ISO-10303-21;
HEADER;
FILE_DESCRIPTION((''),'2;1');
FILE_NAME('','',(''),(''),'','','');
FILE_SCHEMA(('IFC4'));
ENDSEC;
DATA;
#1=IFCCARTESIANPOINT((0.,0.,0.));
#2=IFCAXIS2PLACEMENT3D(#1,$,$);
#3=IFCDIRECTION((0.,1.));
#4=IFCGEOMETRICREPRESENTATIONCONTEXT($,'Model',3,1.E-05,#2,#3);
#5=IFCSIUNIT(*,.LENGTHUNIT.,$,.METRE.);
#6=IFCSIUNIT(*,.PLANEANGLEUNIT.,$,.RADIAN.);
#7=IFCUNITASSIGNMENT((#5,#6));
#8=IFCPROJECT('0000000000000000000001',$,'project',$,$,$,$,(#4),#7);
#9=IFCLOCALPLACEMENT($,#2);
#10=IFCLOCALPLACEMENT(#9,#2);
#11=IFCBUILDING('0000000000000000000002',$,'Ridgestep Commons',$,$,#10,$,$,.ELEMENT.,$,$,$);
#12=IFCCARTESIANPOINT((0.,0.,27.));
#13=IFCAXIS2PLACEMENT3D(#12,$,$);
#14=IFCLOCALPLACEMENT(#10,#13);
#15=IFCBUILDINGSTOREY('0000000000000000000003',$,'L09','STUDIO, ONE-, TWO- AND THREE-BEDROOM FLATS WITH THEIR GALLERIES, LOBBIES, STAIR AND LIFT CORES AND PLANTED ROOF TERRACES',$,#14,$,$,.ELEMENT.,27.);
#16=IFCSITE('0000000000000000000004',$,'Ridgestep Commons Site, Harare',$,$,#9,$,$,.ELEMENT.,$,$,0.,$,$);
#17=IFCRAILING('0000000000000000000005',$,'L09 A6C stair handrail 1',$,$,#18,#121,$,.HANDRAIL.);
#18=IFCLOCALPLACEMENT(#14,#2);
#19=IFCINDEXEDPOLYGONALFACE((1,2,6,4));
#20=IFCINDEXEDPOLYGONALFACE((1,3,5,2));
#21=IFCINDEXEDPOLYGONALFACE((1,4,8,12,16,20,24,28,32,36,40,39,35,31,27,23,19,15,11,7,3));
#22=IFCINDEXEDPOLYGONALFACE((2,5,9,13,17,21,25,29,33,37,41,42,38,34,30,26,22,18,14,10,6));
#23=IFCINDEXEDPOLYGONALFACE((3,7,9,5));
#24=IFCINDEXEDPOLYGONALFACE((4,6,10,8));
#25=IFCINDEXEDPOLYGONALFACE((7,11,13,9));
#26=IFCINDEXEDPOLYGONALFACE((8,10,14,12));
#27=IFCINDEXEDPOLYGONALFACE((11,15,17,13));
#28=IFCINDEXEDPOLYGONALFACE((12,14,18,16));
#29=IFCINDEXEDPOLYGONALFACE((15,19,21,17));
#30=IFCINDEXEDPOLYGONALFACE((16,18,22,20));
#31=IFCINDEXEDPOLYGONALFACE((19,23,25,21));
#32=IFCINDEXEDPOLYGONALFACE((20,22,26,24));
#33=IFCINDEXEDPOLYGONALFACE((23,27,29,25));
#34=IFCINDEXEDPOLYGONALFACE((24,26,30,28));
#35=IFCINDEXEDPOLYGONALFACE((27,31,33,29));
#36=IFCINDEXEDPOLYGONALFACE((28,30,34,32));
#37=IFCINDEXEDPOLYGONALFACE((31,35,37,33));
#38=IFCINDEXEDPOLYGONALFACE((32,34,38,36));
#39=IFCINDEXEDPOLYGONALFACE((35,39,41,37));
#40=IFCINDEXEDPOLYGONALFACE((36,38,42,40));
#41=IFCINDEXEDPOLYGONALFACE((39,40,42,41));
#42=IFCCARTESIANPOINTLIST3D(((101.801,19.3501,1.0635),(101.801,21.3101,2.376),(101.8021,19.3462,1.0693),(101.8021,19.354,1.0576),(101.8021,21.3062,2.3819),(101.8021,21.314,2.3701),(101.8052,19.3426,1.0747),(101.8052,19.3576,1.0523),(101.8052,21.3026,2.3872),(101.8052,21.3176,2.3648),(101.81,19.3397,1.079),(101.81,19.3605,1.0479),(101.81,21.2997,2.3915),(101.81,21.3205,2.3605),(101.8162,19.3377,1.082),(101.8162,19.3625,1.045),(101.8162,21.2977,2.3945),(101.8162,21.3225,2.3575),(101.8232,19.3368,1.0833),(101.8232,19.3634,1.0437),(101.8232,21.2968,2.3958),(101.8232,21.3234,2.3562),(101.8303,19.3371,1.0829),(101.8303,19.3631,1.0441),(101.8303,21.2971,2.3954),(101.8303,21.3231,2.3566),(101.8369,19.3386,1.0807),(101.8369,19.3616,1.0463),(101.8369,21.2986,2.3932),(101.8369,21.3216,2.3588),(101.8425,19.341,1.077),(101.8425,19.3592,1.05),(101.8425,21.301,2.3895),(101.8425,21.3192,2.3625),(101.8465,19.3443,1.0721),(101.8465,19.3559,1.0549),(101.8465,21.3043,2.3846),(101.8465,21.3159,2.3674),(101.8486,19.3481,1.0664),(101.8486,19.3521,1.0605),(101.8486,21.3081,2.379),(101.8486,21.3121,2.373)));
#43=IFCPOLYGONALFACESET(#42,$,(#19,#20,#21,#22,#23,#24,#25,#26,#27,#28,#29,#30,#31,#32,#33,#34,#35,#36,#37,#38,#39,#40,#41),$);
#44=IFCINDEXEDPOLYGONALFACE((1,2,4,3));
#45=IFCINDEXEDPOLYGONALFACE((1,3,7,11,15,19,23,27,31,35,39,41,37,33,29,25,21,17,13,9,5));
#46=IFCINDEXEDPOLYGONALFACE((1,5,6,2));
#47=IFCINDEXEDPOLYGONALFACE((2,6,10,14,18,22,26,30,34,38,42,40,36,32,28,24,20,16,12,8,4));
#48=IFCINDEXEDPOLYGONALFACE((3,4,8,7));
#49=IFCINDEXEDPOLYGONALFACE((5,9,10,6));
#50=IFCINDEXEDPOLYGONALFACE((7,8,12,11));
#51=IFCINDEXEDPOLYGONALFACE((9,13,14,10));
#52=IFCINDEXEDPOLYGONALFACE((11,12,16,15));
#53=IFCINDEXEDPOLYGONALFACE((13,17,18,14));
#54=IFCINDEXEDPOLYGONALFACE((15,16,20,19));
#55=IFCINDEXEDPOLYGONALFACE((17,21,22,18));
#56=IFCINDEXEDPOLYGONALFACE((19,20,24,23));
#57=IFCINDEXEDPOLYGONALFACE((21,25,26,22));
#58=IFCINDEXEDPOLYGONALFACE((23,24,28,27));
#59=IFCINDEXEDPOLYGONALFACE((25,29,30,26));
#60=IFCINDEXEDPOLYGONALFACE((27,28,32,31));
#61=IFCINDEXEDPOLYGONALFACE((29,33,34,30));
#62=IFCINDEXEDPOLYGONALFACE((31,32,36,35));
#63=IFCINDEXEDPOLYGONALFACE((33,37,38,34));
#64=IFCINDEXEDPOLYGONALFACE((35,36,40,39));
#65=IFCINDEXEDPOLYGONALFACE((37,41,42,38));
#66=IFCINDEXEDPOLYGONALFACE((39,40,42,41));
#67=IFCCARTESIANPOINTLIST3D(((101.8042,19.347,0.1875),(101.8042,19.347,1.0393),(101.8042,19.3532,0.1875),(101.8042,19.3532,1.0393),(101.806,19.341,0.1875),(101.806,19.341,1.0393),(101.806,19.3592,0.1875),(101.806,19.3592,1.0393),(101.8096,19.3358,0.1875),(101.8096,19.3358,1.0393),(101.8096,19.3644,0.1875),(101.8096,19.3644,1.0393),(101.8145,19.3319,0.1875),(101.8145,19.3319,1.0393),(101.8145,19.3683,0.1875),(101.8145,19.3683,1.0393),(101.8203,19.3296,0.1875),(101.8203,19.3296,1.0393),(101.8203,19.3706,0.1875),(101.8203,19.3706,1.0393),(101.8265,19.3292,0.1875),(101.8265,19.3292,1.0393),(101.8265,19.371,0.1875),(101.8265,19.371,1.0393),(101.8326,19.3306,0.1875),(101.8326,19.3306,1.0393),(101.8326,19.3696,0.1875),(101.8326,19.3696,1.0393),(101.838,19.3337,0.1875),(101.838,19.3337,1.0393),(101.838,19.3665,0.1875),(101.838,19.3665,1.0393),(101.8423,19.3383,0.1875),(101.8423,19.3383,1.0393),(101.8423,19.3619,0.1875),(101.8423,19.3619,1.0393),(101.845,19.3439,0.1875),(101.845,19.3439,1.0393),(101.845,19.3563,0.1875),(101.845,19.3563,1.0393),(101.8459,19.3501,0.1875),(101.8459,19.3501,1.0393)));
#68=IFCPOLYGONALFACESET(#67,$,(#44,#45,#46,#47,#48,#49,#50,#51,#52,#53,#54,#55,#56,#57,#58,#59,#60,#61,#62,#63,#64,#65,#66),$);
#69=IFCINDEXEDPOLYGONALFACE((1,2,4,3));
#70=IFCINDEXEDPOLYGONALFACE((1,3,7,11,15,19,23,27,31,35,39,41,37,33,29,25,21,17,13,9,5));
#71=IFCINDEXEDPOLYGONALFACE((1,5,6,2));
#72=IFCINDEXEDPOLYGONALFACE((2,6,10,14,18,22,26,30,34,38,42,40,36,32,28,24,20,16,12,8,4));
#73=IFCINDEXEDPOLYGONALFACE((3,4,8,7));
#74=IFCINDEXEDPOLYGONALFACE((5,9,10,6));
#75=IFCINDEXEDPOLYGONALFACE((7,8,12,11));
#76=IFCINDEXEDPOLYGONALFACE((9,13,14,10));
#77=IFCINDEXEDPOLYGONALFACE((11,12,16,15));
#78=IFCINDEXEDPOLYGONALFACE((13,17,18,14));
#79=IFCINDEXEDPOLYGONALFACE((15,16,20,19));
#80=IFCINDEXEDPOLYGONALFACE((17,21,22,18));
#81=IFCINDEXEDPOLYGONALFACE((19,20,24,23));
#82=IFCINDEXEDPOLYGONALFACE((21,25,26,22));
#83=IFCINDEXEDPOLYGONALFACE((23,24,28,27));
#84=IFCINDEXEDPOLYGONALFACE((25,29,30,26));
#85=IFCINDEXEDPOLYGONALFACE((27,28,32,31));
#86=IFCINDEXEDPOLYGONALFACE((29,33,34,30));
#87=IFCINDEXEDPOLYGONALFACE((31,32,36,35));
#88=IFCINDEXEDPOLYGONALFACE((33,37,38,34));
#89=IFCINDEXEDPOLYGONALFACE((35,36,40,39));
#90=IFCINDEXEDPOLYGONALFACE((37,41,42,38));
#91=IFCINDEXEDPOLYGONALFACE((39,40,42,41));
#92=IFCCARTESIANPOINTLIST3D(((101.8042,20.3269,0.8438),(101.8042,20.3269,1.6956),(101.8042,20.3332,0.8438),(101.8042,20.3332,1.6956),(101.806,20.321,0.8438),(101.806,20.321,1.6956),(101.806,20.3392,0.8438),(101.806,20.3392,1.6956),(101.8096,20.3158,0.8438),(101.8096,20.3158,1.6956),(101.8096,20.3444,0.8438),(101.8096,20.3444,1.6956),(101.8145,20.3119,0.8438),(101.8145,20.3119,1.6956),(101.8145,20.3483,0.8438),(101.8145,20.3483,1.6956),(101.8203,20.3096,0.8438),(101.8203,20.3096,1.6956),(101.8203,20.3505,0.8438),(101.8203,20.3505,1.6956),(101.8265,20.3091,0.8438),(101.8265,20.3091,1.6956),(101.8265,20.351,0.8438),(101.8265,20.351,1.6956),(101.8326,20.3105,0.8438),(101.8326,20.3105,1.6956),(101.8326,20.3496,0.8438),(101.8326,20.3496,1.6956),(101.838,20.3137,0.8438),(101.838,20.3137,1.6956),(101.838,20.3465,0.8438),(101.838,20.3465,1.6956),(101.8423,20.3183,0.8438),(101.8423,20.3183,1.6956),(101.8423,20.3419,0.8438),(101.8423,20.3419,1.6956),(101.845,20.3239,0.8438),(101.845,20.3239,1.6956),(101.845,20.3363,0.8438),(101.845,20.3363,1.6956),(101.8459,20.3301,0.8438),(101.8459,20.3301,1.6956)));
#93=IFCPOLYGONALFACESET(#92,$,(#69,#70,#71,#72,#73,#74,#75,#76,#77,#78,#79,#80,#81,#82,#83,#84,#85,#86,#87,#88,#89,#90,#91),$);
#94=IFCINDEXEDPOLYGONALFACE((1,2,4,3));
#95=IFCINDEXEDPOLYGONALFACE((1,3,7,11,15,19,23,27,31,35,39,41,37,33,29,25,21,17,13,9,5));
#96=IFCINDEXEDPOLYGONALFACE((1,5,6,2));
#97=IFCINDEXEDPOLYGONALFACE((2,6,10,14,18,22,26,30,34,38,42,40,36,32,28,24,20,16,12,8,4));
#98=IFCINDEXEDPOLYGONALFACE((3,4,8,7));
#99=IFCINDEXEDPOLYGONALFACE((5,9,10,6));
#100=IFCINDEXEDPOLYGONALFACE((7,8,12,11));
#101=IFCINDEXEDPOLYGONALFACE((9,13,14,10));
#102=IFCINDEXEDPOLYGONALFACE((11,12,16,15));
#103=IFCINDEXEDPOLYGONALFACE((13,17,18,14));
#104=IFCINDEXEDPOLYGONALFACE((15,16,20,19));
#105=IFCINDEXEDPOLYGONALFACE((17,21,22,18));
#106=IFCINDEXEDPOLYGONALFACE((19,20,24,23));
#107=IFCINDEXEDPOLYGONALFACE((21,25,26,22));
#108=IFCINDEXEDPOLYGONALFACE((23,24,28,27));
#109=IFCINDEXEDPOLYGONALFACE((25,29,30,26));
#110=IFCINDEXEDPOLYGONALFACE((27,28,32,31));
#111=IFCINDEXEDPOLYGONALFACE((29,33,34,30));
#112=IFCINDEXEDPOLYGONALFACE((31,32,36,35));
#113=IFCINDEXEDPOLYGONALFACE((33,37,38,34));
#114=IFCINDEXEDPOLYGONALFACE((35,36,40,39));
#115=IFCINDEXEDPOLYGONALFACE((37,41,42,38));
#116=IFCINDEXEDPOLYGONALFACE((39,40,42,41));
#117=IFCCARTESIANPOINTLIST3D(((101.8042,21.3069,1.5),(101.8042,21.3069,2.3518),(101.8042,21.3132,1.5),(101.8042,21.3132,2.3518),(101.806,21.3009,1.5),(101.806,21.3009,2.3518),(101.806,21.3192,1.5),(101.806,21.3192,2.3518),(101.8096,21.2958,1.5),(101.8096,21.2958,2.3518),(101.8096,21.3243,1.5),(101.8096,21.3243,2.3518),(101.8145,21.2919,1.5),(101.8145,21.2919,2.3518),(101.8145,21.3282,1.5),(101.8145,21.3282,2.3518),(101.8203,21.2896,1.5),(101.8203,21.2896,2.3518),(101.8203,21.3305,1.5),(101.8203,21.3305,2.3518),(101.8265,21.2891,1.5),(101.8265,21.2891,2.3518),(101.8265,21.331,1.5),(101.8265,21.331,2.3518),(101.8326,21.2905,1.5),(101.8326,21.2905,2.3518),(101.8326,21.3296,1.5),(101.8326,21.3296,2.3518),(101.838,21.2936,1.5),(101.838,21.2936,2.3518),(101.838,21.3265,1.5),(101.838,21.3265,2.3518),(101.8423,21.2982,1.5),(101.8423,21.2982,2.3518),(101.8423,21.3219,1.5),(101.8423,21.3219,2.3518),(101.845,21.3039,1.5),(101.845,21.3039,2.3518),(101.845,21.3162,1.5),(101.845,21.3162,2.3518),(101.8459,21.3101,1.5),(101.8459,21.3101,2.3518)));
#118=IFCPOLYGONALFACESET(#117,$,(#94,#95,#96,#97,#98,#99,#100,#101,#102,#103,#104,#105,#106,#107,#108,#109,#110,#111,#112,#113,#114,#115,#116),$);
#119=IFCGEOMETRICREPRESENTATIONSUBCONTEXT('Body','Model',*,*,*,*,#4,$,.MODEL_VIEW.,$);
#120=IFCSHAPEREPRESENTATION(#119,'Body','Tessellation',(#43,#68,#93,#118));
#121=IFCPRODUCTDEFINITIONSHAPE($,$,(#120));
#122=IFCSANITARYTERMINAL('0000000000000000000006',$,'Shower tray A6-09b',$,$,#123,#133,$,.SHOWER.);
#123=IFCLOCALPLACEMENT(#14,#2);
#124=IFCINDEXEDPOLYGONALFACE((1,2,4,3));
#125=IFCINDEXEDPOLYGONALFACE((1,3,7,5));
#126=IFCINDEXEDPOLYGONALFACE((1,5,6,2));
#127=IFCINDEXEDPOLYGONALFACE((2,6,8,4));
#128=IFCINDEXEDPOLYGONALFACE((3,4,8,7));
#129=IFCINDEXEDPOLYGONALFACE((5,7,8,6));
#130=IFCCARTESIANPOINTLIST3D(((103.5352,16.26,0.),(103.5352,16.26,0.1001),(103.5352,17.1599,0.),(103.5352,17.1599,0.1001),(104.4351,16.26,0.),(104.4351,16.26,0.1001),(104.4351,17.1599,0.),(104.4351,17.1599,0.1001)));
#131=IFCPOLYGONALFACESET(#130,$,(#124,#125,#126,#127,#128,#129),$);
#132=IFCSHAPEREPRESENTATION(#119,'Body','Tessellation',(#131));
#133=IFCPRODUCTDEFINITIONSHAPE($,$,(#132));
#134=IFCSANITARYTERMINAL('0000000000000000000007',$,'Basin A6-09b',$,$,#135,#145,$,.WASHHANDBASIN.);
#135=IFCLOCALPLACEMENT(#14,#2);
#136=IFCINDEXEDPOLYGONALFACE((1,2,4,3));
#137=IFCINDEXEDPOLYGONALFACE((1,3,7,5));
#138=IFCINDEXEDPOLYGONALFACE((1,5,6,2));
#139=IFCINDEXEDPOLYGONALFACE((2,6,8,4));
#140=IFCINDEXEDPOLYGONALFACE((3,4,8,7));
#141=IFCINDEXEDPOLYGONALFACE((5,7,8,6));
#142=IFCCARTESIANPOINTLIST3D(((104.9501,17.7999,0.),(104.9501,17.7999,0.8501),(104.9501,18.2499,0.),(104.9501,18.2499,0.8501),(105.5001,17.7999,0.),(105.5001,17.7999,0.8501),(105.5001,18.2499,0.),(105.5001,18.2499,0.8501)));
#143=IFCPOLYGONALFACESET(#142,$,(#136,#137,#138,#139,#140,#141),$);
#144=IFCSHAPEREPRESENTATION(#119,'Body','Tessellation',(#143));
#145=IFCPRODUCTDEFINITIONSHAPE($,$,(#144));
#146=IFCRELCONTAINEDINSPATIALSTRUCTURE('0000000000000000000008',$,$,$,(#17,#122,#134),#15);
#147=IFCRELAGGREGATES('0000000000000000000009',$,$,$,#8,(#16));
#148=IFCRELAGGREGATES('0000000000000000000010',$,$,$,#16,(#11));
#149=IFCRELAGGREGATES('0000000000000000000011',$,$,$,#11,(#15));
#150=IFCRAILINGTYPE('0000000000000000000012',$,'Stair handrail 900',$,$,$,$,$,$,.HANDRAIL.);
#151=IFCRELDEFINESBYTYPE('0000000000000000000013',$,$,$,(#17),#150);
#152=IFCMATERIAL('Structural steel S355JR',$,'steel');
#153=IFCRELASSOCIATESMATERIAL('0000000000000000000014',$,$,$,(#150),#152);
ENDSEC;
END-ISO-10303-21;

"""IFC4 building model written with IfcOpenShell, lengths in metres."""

from ifc_helpers import new_model, si_unit, direction, frame, origin, origin_2d, place, context, subcontext, project, spatial, rectangle, circle, extrude, material, type_object, element, save


model = new_model("IFC4")

# Units and contexts
model_context = context("Model", 3, precision=1e-05, world=origin(), true_north=direction((0.0, 1.0)))
body_context = subcontext(model_context, "Body", "Model", "MODEL_VIEW")
ifc_project = project(units=[si_unit("LENGTHUNIT", "METRE"), si_unit("PLANEANGLEUNIT", "RADIAN")], contexts=[model_context])

# Site, building, storey
site_placement = place(None, origin())
site = spatial("IfcSite", under=ifc_project, at=site_placement, Name="Ridgestep Commons Site, Harare", CompositionType="ELEMENT", RefElevation=0.0)
building_placement = place(site_placement, origin())
building = spatial("IfcBuilding", under=site, at=building_placement, Name="Ridgestep Commons", CompositionType="ELEMENT")
storey_placement = place(building_placement, frame((0.0, 0.0, 27.0)))
storey = spatial("IfcBuildingStorey", under=building, at=storey_placement, Name="L09", Description="STUDIO, ONE-, TWO- AND THREE-BEDROOM FLATS WITH THEIR GALLERIES, LOBBIES, STAIR AND LIFT CORES AND PLANTED ROOF TERRACES", CompositionType="ELEMENT", Elevation=27.0)

# Railing
ifc_material_1 = material(Name="Structural steel S355JR", Category="steel")
railing_type_1 = type_object("IfcRailingType", Name="Stair handrail 900", PredefinedType="HANDRAIL", material=ifc_material_1)
railing_1_placement = place(storey_placement, frame((101.825, 19.3501, 0.1875)))
element("IfcRailing", 1, at=railing_1_placement, inside=storey, type_object=railing_type_1, Name="L09 A6C stair handrail 1", PredefinedType="HANDRAIL", context=body_context, shape_type="SweptSolid", body=[
    extrude(circle(Radius=0.0239, at=origin_2d()), frame((0.0, 0.0, 0.876), z_axis=(0.0, 0.830902, 0.556419), x_axis=(-1.0, 0.0, 0.0)), (0.0, 0.0, 1.0), 2.3589),
    extrude(circle(Radius=0.021, at=origin_2d()), origin(), (0.0, 0.0, 1.0), 0.8518),
    extrude(circle(Radius=0.021, at=origin_2d()), frame((0.0, 0.98, 0.6562)), (0.0, 0.0, 1.0), 0.8518),
    extrude(circle(Radius=0.021, at=origin_2d()), frame((0.0, 1.96, 1.3125)), (0.0, 0.0, 1.0), 0.8518),
])

# Sanitary terminals
sanitary_terminal_1_placement = place(storey_placement, frame((103.9851, 16.71, 0.0), z_axis=(0.0, 0.0, 1.0), x_axis=(1.0, 0.0, 0.0)))
element("IfcSanitaryTerminal", 2, at=sanitary_terminal_1_placement, inside=storey, Name="Shower tray A6-09b", PredefinedType="SHOWER", context=body_context, shape_type="SweptSolid", body=[
    extrude(rectangle(XDim=0.8999, YDim=0.8999, at=origin_2d()), origin(), (0.0, 0.0, 1.0), 0.1001),
])
sanitary_terminal_2_placement = place(storey_placement, frame((105.2251, 18.0249, 0.0), z_axis=(0.0, 0.0, 1.0), x_axis=(1.0, 0.0, 0.0)))
element("IfcSanitaryTerminal", 3, at=sanitary_terminal_2_placement, inside=storey, Name="Basin A6-09b", PredefinedType="WASHHANDBASIN", context=body_context, shape_type="SweptSolid", body=[
    extrude(rectangle(XDim=0.55, YDim=0.45, at=origin_2d()), origin(), (0.0, 0.0, 1.0), 0.8501),
])

save(model, "model.ifc")
